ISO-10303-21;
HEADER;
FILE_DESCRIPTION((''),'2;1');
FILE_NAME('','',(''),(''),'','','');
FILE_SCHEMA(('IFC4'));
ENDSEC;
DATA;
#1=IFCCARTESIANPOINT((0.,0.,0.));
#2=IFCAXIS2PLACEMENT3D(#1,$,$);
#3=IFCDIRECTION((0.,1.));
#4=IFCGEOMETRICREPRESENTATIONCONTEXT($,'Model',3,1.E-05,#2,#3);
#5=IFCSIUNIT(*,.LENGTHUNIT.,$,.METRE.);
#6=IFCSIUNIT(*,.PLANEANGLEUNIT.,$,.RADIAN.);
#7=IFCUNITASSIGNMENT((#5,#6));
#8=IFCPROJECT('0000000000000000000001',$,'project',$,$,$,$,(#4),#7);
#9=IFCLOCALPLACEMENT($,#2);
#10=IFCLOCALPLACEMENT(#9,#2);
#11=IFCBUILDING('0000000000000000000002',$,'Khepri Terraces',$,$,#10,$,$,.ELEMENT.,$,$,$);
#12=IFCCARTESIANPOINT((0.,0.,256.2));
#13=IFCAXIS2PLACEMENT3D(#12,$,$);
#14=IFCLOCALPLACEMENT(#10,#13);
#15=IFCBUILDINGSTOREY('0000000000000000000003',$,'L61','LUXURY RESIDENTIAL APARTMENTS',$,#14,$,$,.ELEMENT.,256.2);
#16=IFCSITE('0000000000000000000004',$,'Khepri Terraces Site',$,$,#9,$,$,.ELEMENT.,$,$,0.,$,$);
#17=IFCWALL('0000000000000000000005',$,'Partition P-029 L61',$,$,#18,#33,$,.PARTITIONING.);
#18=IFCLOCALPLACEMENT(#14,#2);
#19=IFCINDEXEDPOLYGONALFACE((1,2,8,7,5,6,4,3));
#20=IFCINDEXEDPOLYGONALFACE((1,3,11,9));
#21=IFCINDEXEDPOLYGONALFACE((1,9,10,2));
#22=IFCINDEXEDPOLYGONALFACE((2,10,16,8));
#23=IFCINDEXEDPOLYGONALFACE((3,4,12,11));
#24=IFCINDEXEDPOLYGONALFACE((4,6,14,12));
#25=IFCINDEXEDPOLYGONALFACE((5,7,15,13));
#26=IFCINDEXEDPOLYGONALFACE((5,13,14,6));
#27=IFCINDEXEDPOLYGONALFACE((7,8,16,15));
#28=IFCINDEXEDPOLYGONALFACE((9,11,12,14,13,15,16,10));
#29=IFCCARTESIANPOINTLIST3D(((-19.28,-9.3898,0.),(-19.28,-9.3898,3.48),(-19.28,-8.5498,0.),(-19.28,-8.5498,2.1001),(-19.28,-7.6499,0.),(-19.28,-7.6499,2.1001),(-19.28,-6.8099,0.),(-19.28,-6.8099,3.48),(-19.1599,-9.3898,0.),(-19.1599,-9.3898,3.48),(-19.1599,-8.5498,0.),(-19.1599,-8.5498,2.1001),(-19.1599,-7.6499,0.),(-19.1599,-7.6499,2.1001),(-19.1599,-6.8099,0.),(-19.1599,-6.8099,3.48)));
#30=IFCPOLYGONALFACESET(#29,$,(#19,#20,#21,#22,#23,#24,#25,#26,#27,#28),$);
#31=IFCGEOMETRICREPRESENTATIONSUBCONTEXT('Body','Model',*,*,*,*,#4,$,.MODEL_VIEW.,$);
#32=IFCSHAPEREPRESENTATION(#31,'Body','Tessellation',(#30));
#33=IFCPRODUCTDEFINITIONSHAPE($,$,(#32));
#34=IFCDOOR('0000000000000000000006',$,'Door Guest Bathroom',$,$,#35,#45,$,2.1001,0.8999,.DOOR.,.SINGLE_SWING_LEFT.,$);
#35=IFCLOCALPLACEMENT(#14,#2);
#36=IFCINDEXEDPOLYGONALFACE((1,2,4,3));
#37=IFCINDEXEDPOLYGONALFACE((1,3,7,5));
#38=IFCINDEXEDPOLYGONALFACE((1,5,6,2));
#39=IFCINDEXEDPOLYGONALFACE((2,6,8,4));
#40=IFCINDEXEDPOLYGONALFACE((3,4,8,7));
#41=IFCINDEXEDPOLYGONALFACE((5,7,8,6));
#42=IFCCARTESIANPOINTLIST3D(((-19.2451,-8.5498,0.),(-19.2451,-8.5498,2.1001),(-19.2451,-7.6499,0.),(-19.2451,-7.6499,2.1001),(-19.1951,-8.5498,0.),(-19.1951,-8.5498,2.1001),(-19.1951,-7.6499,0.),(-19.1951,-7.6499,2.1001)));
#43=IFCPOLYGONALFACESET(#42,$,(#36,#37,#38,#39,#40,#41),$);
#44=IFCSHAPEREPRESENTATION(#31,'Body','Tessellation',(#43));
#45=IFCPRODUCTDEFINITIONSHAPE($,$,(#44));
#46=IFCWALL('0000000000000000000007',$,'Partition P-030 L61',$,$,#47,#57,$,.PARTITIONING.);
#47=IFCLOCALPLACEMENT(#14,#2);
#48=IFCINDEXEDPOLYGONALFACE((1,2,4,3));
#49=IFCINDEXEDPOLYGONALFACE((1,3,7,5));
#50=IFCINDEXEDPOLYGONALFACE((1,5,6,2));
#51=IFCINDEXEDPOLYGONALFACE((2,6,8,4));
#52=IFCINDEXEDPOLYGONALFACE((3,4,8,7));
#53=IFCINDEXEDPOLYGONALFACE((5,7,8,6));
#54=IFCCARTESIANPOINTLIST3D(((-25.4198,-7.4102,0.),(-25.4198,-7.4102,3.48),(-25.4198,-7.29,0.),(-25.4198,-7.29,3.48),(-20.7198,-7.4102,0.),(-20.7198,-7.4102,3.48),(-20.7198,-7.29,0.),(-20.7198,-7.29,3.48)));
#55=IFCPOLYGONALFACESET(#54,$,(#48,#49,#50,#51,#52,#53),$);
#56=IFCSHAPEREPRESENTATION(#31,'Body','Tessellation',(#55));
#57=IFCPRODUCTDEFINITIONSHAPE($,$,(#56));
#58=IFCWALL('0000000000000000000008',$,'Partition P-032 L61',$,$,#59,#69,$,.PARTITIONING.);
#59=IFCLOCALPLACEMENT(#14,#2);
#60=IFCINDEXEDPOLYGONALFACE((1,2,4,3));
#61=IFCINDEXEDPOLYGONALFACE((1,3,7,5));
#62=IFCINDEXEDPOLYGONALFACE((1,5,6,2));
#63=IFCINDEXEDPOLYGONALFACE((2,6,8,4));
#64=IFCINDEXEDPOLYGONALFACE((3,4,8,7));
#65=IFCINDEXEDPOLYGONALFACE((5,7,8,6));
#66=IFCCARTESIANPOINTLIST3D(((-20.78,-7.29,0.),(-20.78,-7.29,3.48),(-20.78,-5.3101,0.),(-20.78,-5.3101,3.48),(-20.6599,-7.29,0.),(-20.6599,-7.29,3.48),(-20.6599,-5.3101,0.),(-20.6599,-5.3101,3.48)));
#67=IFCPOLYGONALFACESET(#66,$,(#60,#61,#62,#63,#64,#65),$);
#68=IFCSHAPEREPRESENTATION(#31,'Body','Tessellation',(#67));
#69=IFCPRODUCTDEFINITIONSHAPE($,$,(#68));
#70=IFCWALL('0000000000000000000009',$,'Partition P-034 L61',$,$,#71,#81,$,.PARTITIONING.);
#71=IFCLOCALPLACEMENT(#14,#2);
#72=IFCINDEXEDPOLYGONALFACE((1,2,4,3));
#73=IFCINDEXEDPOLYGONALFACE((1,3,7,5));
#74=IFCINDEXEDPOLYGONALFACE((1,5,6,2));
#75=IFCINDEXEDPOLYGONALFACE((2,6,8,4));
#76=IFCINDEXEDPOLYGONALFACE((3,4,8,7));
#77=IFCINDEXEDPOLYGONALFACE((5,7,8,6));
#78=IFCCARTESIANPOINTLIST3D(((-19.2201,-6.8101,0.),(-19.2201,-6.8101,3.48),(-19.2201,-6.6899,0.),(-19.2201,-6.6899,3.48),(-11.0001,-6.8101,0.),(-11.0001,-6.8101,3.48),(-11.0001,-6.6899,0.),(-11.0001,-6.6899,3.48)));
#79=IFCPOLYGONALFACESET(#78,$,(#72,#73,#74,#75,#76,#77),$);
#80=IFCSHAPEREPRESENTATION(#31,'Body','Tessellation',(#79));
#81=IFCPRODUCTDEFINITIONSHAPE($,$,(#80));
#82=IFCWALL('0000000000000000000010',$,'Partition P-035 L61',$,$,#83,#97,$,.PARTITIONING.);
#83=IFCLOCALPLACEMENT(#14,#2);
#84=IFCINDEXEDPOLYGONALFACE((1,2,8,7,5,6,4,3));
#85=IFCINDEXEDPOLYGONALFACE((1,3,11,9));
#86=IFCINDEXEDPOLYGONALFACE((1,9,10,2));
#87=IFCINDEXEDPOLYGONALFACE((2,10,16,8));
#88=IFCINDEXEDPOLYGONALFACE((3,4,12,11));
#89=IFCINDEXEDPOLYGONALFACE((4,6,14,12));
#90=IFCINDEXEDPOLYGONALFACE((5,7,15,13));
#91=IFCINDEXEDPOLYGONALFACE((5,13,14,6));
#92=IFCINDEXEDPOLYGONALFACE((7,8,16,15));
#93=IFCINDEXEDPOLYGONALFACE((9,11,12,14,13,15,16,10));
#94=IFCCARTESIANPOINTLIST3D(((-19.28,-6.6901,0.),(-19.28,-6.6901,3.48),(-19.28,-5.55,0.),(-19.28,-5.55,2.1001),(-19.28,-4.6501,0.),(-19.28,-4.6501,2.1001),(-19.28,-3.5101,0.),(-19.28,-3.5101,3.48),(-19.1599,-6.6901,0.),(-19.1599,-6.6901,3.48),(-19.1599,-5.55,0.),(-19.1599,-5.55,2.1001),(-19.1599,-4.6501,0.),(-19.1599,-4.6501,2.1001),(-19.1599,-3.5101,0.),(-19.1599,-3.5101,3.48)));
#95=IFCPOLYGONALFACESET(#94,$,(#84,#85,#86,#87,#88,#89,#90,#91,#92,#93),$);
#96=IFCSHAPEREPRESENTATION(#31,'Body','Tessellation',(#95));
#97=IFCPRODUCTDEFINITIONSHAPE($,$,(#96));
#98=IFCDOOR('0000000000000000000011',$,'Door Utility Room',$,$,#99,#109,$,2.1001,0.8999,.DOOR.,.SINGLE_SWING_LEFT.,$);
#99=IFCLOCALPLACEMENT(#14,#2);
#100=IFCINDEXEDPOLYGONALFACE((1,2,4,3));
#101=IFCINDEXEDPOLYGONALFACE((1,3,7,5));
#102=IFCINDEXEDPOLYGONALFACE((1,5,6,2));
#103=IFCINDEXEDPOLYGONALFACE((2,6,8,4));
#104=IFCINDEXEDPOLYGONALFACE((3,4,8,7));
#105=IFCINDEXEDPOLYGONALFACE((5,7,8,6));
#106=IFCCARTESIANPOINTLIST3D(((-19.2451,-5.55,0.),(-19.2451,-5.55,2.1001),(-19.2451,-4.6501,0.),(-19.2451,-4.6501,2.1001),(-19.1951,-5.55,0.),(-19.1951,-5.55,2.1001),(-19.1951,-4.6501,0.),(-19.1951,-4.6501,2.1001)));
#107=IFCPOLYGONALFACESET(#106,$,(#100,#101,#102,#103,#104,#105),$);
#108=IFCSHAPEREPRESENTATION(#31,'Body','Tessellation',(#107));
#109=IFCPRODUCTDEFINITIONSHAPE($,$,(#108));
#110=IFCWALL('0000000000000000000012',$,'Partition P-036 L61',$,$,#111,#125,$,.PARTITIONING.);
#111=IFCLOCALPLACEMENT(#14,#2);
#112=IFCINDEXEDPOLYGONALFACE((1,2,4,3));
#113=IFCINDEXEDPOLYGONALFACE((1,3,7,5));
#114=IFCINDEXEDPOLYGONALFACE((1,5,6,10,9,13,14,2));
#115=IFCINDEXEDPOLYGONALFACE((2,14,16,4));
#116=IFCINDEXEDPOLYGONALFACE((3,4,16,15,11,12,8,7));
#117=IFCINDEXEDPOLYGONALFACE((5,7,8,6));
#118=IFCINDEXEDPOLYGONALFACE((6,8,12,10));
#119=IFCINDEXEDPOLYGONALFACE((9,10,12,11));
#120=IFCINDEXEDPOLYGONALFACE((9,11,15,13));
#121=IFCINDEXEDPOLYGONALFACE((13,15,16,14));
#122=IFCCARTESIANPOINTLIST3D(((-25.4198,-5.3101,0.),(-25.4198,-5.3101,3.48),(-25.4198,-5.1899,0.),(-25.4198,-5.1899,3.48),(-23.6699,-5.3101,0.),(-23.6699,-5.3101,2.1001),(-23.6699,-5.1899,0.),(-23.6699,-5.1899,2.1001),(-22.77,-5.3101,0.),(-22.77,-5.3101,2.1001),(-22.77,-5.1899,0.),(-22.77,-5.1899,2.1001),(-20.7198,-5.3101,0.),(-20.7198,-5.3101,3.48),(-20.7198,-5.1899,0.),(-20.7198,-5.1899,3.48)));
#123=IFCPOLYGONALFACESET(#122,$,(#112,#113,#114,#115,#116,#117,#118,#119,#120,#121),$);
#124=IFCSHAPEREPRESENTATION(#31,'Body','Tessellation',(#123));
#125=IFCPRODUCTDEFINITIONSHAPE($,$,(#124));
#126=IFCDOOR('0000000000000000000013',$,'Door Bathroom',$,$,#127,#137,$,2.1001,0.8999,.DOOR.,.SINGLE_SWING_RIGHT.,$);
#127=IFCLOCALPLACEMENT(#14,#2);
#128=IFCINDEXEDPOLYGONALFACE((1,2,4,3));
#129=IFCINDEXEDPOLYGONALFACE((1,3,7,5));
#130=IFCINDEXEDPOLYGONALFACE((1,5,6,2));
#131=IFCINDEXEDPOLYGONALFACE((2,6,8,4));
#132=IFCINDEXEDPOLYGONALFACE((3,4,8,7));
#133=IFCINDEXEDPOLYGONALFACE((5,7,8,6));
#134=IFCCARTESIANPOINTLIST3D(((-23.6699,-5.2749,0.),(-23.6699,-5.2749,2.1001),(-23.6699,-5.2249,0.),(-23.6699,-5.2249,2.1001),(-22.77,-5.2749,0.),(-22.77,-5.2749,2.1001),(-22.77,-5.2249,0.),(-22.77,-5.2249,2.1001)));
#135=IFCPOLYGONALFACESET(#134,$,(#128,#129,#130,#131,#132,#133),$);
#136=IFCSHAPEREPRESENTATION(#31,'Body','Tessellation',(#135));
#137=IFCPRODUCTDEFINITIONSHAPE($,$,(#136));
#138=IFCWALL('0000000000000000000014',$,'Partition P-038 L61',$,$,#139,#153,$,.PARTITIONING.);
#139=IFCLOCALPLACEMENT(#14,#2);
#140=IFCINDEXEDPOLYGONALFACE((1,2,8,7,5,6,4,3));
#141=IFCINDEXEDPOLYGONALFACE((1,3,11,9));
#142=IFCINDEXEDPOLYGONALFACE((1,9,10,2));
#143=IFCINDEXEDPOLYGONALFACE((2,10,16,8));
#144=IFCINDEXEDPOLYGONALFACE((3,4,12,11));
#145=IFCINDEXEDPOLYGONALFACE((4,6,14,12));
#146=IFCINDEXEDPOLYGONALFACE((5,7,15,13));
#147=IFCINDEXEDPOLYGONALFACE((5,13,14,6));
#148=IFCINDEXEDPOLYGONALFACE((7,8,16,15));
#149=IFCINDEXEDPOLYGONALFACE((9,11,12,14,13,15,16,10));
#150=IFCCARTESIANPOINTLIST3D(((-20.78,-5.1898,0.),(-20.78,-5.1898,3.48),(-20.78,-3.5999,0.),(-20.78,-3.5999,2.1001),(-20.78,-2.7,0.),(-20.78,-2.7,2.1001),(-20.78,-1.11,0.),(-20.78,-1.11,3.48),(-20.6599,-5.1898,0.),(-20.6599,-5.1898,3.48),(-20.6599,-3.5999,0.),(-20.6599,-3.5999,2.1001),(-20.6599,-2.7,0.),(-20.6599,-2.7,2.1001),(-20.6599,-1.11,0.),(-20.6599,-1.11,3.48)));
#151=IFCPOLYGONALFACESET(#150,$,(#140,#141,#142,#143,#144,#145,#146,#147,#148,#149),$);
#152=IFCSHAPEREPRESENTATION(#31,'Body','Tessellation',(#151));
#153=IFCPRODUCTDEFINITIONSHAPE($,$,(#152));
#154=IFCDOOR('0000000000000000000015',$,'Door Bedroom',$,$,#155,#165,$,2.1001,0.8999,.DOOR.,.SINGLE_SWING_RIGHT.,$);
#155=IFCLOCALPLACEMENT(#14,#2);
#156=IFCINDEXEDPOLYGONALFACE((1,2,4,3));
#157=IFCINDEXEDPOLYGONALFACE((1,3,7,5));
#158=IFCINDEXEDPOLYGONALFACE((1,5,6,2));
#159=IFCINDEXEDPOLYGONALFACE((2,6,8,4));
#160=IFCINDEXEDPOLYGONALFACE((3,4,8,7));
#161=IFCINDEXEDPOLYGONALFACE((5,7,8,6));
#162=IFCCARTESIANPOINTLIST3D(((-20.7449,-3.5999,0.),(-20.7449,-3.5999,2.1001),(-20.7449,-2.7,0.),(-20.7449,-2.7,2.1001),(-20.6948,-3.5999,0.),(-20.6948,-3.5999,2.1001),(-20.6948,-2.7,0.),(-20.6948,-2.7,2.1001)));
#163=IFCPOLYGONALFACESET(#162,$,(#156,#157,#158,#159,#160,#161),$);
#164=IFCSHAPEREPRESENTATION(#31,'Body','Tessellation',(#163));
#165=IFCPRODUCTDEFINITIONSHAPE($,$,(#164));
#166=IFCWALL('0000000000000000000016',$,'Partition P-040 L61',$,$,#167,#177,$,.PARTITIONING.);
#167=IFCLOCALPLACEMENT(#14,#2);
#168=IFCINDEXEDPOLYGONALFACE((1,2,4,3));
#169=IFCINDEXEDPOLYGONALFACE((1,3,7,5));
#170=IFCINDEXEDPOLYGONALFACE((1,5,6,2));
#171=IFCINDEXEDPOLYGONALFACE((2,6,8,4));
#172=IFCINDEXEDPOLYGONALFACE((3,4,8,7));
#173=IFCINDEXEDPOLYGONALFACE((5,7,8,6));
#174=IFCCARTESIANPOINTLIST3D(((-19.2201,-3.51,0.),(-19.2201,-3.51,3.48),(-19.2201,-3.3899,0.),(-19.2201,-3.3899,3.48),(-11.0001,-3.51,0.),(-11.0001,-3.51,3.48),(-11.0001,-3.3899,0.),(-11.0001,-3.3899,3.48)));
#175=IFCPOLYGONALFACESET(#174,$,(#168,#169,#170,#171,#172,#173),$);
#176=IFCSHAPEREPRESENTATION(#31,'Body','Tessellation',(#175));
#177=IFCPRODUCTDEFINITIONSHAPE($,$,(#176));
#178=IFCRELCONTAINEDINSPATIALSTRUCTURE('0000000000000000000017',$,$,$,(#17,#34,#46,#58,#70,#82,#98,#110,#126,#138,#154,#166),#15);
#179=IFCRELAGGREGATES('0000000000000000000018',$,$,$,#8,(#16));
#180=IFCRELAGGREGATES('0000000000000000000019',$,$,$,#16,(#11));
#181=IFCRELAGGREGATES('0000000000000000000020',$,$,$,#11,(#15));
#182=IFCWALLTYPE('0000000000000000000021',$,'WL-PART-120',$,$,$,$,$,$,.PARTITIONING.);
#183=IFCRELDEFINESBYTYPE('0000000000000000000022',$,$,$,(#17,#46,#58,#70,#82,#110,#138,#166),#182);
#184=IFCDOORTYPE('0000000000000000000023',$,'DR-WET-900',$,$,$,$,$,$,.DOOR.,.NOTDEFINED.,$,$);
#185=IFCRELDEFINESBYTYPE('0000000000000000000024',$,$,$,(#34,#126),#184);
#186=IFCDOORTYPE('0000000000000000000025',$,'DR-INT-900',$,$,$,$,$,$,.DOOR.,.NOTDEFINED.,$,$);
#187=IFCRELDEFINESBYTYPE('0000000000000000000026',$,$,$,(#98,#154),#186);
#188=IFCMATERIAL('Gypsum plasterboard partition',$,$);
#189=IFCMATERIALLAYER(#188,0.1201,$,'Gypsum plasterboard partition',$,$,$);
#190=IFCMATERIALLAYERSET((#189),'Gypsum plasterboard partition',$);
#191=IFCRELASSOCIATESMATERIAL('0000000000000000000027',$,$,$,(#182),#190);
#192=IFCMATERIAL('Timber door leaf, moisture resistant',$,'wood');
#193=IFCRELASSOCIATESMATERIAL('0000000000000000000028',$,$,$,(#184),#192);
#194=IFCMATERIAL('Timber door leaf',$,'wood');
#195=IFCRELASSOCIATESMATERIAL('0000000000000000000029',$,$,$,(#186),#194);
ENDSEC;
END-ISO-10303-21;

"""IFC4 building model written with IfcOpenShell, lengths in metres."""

from ifc_helpers import new_model, si_unit, direction, frame, frame_2d, origin, place, context, subcontext, project, spatial, rectangle, extrude, material, layer, layer_set, type_object, element, fill, save


model = new_model("IFC4")

# Units and contexts
model_context = context("Model", 3, precision=1e-05, world=origin(), true_north=direction((0.0, 1.0)))
body_context = subcontext(model_context, "Body", "Model", "MODEL_VIEW")
ifc_project = project(units=[si_unit("LENGTHUNIT", "METRE"), si_unit("PLANEANGLEUNIT", "RADIAN")], contexts=[model_context])

# Site, building, storey
site_placement = place(None, origin())
site = spatial("IfcSite", under=ifc_project, at=site_placement, Name="Khepri Terraces Site", CompositionType="ELEMENT", RefElevation=0.0)
building_placement = place(site_placement, origin())
building = spatial("IfcBuilding", under=site, at=building_placement, Name="Khepri Terraces", CompositionType="ELEMENT")
storey_placement = place(building_placement, frame((0.0, 0.0, 256.2)))
storey = spatial("IfcBuildingStorey", under=building, at=storey_placement, Name="L61", Description="LUXURY RESIDENTIAL APARTMENTS", CompositionType="ELEMENT", Elevation=256.2)

# Shared definitions
ifc_material_1 = material(Name="Gypsum plasterboard partition")
ifc_layer_1 = layer(ifc_material_1, 0.1201, Name="Gypsum plasterboard partition")
ifc_layer_set_1 = layer_set([ifc_layer_1], Name="Gypsum plasterboard partition")
wall_type_1 = type_object("IfcWallType", Name="WL-PART-120", PredefinedType="PARTITIONING", material=ifc_layer_set_1)

# Wall, opening, door
wall_1_placement = place(storey_placement, frame((-19.22, -9.3899, 0.0), z_axis=(0.0, 0.0, 1.0), x_axis=(0.0, 1.0, 0.0)))
wall_1 = element("IfcWall", 1, at=wall_1_placement, inside=storey, type_object=wall_type_1, Name="Partition P-029 L61", PredefinedType="PARTITIONING", context=body_context, shape_type="SweptSolid", body=[
    extrude(rectangle(XDim=2.5798, YDim=0.1201, at=frame_2d((1.29, 0.0))), origin(), (0.0, 0.0, 1.0), 3.48),
])
opening_1_placement = place(wall_1_placement, frame((0.8401, 0.0, 0.0)))
opening_1 = element("IfcOpeningElement", 2, at=opening_1_placement, cuts=wall_1, PredefinedType="OPENING", context=body_context, shape_type="SweptSolid", body=[
    extrude(rectangle(XDim=0.8999, YDim=2.1001, at=frame_2d((0.45, 1.05))), frame((0.0, 0.0701, 0.0), z_axis=(0.0, -1.0, 0.0), x_axis=(1.0, 0.0, 0.0)), (0.0, 0.0, 1.0), 0.1401),
])
ifc_material_2 = material(Name="Timber door leaf, moisture resistant", Category="wood")
door_type_1 = type_object("IfcDoorType", Name="DR-WET-900", OperationType="NOTDEFINED", PredefinedType="DOOR", material=ifc_material_2)
door_1_placement = place(opening_1_placement, frame((0.8999, 0.0, 0.0), z_axis=(0.0, 0.0, 1.0), x_axis=(-1.0, 0.0, 0.0)))
door_1 = element("IfcDoor", 3, at=door_1_placement, inside=storey, type_object=door_type_1, Name="Door Guest Bathroom", OperationType="SINGLE_SWING_LEFT", OverallHeight=2.1001, OverallWidth=0.8999, PredefinedType="DOOR", context=body_context, shape_type="SweptSolid", body=[
    extrude(rectangle(XDim=0.8999, YDim=2.1001, at=frame_2d((0.45, 1.05))), frame((0.0, 0.0249, 0.0), z_axis=(0.0, -1.0, 0.0), x_axis=(1.0, 0.0, 0.0)), (0.0, 0.0, 1.0), 0.05),
])
fill(opening_1, door_1)

# Walls
wall_2_placement = place(storey_placement, frame((-25.4199, -7.3501, 0.0), z_axis=(0.0, 0.0, 1.0), x_axis=(1.0, 0.0, 0.0)))
element("IfcWall", 4, at=wall_2_placement, inside=storey, type_object=wall_type_1, Name="Partition P-030 L61", PredefinedType="PARTITIONING", context=body_context, shape_type="SweptSolid", body=[
    extrude(rectangle(XDim=4.7, YDim=0.1201, at=frame_2d((2.3501, 0.0))), origin(), (0.0, 0.0, 1.0), 3.48),
])
wall_3_placement = place(storey_placement, frame((-20.72, -7.29, 0.0), z_axis=(0.0, 0.0, 1.0), x_axis=(0.0, 1.0, 0.0)))
element("IfcWall", 5, at=wall_3_placement, inside=storey, type_object=wall_type_1, Name="Partition P-032 L61", PredefinedType="PARTITIONING", context=body_context, shape_type="SweptSolid", body=[
    extrude(rectangle(XDim=1.98, YDim=0.1201, at=frame_2d((0.99, 0.0))), origin(), (0.0, 0.0, 1.0), 3.48),
])
wall_4_placement = place(storey_placement, frame((-19.22, -6.75, 0.0), z_axis=(0.0, 0.0, 1.0), x_axis=(1.0, 0.0, 0.0)))
element("IfcWall", 6, at=wall_4_placement, inside=storey, type_object=wall_type_1, Name="Partition P-034 L61", PredefinedType="PARTITIONING", context=body_context, shape_type="SweptSolid", body=[
    extrude(rectangle(XDim=8.22, YDim=0.1201, at=frame_2d((4.1099, 0.0))), origin(), (0.0, 0.0, 1.0), 3.48),
])

# Walls, openings, doors
wall_5_placement = place(storey_placement, frame((-19.22, -6.6899, 0.0), z_axis=(0.0, 0.0, 1.0), x_axis=(0.0, 1.0, 0.0)))
wall_5 = element("IfcWall", 7, at=wall_5_placement, inside=storey, type_object=wall_type_1, Name="Partition P-035 L61", PredefinedType="PARTITIONING", context=body_context, shape_type="SweptSolid", body=[
    extrude(rectangle(XDim=3.1799, YDim=0.1201, at=frame_2d((1.5898, 0.0))), origin(), (0.0, 0.0, 1.0), 3.48),
])
opening_2_placement = place(wall_5_placement, frame((1.1399, 0.0, 0.0)))
opening_2 = element("IfcOpeningElement", 8, at=opening_2_placement, cuts=wall_5, PredefinedType="OPENING", context=body_context, shape_type="SweptSolid", body=[
    extrude(rectangle(XDim=0.8999, YDim=2.1001, at=frame_2d((0.45, 1.05))), frame((0.0, 0.0701, 0.0), z_axis=(0.0, -1.0, 0.0), x_axis=(1.0, 0.0, 0.0)), (0.0, 0.0, 1.0), 0.1401),
])
ifc_material_3 = material(Name="Timber door leaf", Category="wood")
door_type_2 = type_object("IfcDoorType", Name="DR-INT-900", OperationType="NOTDEFINED", PredefinedType="DOOR", material=ifc_material_3)
door_2_placement = place(opening_2_placement, frame((0.8999, 0.0, 0.0), z_axis=(0.0, 0.0, 1.0), x_axis=(-1.0, 0.0, 0.0)))
door_2 = element("IfcDoor", 9, at=door_2_placement, inside=storey, type_object=door_type_2, Name="Door Utility Room", OperationType="SINGLE_SWING_LEFT", OverallHeight=2.1001, OverallWidth=0.8999, PredefinedType="DOOR", context=body_context, shape_type="SweptSolid", body=[
    extrude(rectangle(XDim=0.8999, YDim=2.1001, at=frame_2d((0.45, 1.05))), frame((0.0, 0.0249, 0.0), z_axis=(0.0, -1.0, 0.0), x_axis=(1.0, 0.0, 0.0)), (0.0, 0.0, 1.0), 0.05),
])
fill(opening_2, door_2)
wall_6_placement = place(storey_placement, frame((-25.4199, -5.25, 0.0), z_axis=(0.0, 0.0, 1.0), x_axis=(1.0, 0.0, 0.0)))
wall_6 = element("IfcWall", 10, at=wall_6_placement, inside=storey, type_object=wall_type_1, Name="Partition P-036 L61", PredefinedType="PARTITIONING", context=body_context, shape_type="SweptSolid", body=[
    extrude(rectangle(XDim=4.7, YDim=0.1201, at=frame_2d((2.3501, 0.0))), origin(), (0.0, 0.0, 1.0), 3.48),
])
opening_3_placement = place(wall_6_placement, frame((1.75, 0.0, 0.0)))
opening_3 = element("IfcOpeningElement", 11, at=opening_3_placement, cuts=wall_6, PredefinedType="OPENING", context=body_context, shape_type="SweptSolid", body=[
    extrude(rectangle(XDim=0.8999, YDim=2.1001, at=frame_2d((0.45, 1.05))), frame((0.0, 0.0701, 0.0), z_axis=(0.0, -1.0, 0.0), x_axis=(1.0, 0.0, 0.0)), (0.0, 0.0, 1.0), 0.1401),
])
door_3_placement = place(opening_3_placement, frame((0.8999, 0.0, 0.0), z_axis=(0.0, 0.0, 1.0), x_axis=(-1.0, 0.0, 0.0)))
door_3 = element("IfcDoor", 12, at=door_3_placement, inside=storey, type_object=door_type_1, Name="Door Bathroom", OperationType="SINGLE_SWING_RIGHT", OverallHeight=2.1001, OverallWidth=0.8999, PredefinedType="DOOR", context=body_context, shape_type="SweptSolid", body=[
    extrude(rectangle(XDim=0.8999, YDim=2.1001, at=frame_2d((0.45, 1.05))), frame((0.0, 0.0249, 0.0), z_axis=(0.0, -1.0, 0.0), x_axis=(1.0, 0.0, 0.0)), (0.0, 0.0, 1.0), 0.05),
])
fill(opening_3, door_3)
wall_7_placement = place(storey_placement, frame((-20.72, -5.1899, 0.0), z_axis=(0.0, 0.0, 1.0), x_axis=(0.0, 1.0, 0.0)))
wall_7 = element("IfcWall", 13, at=wall_7_placement, inside=storey, type_object=wall_type_1, Name="Partition P-038 L61", PredefinedType="PARTITIONING", context=body_context, shape_type="SweptSolid", body=[
    extrude(rectangle(XDim=4.0798, YDim=0.1201, at=frame_2d((2.04, 0.0))), origin(), (0.0, 0.0, 1.0), 3.48),
])
opening_4_placement = place(wall_7_placement, frame((1.5901, 0.0, 0.0)))
opening_4 = element("IfcOpeningElement", 14, at=opening_4_placement, cuts=wall_7, PredefinedType="OPENING", context=body_context, shape_type="SweptSolid", body=[
    extrude(rectangle(XDim=0.8999, YDim=2.1001, at=frame_2d((0.45, 1.05))), frame((0.0, 0.0701, 0.0), z_axis=(0.0, -1.0, 0.0), x_axis=(1.0, 0.0, 0.0)), (0.0, 0.0, 1.0), 0.1401),
])
door_4_placement = place(opening_4_placement, origin())
door_4 = element("IfcDoor", 15, at=door_4_placement, inside=storey, type_object=door_type_2, Name="Door Bedroom", OperationType="SINGLE_SWING_RIGHT", OverallHeight=2.1001, OverallWidth=0.8999, PredefinedType="DOOR", context=body_context, shape_type="SweptSolid", body=[
    extrude(rectangle(XDim=0.8999, YDim=2.1001, at=frame_2d((0.45, 1.05))), frame((0.0, 0.0249, 0.0), z_axis=(0.0, -1.0, 0.0), x_axis=(1.0, 0.0, 0.0)), (0.0, 0.0, 1.0), 0.05),
])
fill(opening_4, door_4)

# Wall
wall_8_placement = place(storey_placement, frame((-19.22, -3.45, 0.0), z_axis=(0.0, 0.0, 1.0), x_axis=(1.0, 0.0, 0.0)))
element("IfcWall", 16, at=wall_8_placement, inside=storey, type_object=wall_type_1, Name="Partition P-040 L61", PredefinedType="PARTITIONING", context=body_context, shape_type="SweptSolid", body=[
    extrude(rectangle(XDim=8.22, YDim=0.1201, at=frame_2d((4.1099, 0.0))), origin(), (0.0, 0.0, 1.0), 3.48),
])

save(model, "model.ifc")
